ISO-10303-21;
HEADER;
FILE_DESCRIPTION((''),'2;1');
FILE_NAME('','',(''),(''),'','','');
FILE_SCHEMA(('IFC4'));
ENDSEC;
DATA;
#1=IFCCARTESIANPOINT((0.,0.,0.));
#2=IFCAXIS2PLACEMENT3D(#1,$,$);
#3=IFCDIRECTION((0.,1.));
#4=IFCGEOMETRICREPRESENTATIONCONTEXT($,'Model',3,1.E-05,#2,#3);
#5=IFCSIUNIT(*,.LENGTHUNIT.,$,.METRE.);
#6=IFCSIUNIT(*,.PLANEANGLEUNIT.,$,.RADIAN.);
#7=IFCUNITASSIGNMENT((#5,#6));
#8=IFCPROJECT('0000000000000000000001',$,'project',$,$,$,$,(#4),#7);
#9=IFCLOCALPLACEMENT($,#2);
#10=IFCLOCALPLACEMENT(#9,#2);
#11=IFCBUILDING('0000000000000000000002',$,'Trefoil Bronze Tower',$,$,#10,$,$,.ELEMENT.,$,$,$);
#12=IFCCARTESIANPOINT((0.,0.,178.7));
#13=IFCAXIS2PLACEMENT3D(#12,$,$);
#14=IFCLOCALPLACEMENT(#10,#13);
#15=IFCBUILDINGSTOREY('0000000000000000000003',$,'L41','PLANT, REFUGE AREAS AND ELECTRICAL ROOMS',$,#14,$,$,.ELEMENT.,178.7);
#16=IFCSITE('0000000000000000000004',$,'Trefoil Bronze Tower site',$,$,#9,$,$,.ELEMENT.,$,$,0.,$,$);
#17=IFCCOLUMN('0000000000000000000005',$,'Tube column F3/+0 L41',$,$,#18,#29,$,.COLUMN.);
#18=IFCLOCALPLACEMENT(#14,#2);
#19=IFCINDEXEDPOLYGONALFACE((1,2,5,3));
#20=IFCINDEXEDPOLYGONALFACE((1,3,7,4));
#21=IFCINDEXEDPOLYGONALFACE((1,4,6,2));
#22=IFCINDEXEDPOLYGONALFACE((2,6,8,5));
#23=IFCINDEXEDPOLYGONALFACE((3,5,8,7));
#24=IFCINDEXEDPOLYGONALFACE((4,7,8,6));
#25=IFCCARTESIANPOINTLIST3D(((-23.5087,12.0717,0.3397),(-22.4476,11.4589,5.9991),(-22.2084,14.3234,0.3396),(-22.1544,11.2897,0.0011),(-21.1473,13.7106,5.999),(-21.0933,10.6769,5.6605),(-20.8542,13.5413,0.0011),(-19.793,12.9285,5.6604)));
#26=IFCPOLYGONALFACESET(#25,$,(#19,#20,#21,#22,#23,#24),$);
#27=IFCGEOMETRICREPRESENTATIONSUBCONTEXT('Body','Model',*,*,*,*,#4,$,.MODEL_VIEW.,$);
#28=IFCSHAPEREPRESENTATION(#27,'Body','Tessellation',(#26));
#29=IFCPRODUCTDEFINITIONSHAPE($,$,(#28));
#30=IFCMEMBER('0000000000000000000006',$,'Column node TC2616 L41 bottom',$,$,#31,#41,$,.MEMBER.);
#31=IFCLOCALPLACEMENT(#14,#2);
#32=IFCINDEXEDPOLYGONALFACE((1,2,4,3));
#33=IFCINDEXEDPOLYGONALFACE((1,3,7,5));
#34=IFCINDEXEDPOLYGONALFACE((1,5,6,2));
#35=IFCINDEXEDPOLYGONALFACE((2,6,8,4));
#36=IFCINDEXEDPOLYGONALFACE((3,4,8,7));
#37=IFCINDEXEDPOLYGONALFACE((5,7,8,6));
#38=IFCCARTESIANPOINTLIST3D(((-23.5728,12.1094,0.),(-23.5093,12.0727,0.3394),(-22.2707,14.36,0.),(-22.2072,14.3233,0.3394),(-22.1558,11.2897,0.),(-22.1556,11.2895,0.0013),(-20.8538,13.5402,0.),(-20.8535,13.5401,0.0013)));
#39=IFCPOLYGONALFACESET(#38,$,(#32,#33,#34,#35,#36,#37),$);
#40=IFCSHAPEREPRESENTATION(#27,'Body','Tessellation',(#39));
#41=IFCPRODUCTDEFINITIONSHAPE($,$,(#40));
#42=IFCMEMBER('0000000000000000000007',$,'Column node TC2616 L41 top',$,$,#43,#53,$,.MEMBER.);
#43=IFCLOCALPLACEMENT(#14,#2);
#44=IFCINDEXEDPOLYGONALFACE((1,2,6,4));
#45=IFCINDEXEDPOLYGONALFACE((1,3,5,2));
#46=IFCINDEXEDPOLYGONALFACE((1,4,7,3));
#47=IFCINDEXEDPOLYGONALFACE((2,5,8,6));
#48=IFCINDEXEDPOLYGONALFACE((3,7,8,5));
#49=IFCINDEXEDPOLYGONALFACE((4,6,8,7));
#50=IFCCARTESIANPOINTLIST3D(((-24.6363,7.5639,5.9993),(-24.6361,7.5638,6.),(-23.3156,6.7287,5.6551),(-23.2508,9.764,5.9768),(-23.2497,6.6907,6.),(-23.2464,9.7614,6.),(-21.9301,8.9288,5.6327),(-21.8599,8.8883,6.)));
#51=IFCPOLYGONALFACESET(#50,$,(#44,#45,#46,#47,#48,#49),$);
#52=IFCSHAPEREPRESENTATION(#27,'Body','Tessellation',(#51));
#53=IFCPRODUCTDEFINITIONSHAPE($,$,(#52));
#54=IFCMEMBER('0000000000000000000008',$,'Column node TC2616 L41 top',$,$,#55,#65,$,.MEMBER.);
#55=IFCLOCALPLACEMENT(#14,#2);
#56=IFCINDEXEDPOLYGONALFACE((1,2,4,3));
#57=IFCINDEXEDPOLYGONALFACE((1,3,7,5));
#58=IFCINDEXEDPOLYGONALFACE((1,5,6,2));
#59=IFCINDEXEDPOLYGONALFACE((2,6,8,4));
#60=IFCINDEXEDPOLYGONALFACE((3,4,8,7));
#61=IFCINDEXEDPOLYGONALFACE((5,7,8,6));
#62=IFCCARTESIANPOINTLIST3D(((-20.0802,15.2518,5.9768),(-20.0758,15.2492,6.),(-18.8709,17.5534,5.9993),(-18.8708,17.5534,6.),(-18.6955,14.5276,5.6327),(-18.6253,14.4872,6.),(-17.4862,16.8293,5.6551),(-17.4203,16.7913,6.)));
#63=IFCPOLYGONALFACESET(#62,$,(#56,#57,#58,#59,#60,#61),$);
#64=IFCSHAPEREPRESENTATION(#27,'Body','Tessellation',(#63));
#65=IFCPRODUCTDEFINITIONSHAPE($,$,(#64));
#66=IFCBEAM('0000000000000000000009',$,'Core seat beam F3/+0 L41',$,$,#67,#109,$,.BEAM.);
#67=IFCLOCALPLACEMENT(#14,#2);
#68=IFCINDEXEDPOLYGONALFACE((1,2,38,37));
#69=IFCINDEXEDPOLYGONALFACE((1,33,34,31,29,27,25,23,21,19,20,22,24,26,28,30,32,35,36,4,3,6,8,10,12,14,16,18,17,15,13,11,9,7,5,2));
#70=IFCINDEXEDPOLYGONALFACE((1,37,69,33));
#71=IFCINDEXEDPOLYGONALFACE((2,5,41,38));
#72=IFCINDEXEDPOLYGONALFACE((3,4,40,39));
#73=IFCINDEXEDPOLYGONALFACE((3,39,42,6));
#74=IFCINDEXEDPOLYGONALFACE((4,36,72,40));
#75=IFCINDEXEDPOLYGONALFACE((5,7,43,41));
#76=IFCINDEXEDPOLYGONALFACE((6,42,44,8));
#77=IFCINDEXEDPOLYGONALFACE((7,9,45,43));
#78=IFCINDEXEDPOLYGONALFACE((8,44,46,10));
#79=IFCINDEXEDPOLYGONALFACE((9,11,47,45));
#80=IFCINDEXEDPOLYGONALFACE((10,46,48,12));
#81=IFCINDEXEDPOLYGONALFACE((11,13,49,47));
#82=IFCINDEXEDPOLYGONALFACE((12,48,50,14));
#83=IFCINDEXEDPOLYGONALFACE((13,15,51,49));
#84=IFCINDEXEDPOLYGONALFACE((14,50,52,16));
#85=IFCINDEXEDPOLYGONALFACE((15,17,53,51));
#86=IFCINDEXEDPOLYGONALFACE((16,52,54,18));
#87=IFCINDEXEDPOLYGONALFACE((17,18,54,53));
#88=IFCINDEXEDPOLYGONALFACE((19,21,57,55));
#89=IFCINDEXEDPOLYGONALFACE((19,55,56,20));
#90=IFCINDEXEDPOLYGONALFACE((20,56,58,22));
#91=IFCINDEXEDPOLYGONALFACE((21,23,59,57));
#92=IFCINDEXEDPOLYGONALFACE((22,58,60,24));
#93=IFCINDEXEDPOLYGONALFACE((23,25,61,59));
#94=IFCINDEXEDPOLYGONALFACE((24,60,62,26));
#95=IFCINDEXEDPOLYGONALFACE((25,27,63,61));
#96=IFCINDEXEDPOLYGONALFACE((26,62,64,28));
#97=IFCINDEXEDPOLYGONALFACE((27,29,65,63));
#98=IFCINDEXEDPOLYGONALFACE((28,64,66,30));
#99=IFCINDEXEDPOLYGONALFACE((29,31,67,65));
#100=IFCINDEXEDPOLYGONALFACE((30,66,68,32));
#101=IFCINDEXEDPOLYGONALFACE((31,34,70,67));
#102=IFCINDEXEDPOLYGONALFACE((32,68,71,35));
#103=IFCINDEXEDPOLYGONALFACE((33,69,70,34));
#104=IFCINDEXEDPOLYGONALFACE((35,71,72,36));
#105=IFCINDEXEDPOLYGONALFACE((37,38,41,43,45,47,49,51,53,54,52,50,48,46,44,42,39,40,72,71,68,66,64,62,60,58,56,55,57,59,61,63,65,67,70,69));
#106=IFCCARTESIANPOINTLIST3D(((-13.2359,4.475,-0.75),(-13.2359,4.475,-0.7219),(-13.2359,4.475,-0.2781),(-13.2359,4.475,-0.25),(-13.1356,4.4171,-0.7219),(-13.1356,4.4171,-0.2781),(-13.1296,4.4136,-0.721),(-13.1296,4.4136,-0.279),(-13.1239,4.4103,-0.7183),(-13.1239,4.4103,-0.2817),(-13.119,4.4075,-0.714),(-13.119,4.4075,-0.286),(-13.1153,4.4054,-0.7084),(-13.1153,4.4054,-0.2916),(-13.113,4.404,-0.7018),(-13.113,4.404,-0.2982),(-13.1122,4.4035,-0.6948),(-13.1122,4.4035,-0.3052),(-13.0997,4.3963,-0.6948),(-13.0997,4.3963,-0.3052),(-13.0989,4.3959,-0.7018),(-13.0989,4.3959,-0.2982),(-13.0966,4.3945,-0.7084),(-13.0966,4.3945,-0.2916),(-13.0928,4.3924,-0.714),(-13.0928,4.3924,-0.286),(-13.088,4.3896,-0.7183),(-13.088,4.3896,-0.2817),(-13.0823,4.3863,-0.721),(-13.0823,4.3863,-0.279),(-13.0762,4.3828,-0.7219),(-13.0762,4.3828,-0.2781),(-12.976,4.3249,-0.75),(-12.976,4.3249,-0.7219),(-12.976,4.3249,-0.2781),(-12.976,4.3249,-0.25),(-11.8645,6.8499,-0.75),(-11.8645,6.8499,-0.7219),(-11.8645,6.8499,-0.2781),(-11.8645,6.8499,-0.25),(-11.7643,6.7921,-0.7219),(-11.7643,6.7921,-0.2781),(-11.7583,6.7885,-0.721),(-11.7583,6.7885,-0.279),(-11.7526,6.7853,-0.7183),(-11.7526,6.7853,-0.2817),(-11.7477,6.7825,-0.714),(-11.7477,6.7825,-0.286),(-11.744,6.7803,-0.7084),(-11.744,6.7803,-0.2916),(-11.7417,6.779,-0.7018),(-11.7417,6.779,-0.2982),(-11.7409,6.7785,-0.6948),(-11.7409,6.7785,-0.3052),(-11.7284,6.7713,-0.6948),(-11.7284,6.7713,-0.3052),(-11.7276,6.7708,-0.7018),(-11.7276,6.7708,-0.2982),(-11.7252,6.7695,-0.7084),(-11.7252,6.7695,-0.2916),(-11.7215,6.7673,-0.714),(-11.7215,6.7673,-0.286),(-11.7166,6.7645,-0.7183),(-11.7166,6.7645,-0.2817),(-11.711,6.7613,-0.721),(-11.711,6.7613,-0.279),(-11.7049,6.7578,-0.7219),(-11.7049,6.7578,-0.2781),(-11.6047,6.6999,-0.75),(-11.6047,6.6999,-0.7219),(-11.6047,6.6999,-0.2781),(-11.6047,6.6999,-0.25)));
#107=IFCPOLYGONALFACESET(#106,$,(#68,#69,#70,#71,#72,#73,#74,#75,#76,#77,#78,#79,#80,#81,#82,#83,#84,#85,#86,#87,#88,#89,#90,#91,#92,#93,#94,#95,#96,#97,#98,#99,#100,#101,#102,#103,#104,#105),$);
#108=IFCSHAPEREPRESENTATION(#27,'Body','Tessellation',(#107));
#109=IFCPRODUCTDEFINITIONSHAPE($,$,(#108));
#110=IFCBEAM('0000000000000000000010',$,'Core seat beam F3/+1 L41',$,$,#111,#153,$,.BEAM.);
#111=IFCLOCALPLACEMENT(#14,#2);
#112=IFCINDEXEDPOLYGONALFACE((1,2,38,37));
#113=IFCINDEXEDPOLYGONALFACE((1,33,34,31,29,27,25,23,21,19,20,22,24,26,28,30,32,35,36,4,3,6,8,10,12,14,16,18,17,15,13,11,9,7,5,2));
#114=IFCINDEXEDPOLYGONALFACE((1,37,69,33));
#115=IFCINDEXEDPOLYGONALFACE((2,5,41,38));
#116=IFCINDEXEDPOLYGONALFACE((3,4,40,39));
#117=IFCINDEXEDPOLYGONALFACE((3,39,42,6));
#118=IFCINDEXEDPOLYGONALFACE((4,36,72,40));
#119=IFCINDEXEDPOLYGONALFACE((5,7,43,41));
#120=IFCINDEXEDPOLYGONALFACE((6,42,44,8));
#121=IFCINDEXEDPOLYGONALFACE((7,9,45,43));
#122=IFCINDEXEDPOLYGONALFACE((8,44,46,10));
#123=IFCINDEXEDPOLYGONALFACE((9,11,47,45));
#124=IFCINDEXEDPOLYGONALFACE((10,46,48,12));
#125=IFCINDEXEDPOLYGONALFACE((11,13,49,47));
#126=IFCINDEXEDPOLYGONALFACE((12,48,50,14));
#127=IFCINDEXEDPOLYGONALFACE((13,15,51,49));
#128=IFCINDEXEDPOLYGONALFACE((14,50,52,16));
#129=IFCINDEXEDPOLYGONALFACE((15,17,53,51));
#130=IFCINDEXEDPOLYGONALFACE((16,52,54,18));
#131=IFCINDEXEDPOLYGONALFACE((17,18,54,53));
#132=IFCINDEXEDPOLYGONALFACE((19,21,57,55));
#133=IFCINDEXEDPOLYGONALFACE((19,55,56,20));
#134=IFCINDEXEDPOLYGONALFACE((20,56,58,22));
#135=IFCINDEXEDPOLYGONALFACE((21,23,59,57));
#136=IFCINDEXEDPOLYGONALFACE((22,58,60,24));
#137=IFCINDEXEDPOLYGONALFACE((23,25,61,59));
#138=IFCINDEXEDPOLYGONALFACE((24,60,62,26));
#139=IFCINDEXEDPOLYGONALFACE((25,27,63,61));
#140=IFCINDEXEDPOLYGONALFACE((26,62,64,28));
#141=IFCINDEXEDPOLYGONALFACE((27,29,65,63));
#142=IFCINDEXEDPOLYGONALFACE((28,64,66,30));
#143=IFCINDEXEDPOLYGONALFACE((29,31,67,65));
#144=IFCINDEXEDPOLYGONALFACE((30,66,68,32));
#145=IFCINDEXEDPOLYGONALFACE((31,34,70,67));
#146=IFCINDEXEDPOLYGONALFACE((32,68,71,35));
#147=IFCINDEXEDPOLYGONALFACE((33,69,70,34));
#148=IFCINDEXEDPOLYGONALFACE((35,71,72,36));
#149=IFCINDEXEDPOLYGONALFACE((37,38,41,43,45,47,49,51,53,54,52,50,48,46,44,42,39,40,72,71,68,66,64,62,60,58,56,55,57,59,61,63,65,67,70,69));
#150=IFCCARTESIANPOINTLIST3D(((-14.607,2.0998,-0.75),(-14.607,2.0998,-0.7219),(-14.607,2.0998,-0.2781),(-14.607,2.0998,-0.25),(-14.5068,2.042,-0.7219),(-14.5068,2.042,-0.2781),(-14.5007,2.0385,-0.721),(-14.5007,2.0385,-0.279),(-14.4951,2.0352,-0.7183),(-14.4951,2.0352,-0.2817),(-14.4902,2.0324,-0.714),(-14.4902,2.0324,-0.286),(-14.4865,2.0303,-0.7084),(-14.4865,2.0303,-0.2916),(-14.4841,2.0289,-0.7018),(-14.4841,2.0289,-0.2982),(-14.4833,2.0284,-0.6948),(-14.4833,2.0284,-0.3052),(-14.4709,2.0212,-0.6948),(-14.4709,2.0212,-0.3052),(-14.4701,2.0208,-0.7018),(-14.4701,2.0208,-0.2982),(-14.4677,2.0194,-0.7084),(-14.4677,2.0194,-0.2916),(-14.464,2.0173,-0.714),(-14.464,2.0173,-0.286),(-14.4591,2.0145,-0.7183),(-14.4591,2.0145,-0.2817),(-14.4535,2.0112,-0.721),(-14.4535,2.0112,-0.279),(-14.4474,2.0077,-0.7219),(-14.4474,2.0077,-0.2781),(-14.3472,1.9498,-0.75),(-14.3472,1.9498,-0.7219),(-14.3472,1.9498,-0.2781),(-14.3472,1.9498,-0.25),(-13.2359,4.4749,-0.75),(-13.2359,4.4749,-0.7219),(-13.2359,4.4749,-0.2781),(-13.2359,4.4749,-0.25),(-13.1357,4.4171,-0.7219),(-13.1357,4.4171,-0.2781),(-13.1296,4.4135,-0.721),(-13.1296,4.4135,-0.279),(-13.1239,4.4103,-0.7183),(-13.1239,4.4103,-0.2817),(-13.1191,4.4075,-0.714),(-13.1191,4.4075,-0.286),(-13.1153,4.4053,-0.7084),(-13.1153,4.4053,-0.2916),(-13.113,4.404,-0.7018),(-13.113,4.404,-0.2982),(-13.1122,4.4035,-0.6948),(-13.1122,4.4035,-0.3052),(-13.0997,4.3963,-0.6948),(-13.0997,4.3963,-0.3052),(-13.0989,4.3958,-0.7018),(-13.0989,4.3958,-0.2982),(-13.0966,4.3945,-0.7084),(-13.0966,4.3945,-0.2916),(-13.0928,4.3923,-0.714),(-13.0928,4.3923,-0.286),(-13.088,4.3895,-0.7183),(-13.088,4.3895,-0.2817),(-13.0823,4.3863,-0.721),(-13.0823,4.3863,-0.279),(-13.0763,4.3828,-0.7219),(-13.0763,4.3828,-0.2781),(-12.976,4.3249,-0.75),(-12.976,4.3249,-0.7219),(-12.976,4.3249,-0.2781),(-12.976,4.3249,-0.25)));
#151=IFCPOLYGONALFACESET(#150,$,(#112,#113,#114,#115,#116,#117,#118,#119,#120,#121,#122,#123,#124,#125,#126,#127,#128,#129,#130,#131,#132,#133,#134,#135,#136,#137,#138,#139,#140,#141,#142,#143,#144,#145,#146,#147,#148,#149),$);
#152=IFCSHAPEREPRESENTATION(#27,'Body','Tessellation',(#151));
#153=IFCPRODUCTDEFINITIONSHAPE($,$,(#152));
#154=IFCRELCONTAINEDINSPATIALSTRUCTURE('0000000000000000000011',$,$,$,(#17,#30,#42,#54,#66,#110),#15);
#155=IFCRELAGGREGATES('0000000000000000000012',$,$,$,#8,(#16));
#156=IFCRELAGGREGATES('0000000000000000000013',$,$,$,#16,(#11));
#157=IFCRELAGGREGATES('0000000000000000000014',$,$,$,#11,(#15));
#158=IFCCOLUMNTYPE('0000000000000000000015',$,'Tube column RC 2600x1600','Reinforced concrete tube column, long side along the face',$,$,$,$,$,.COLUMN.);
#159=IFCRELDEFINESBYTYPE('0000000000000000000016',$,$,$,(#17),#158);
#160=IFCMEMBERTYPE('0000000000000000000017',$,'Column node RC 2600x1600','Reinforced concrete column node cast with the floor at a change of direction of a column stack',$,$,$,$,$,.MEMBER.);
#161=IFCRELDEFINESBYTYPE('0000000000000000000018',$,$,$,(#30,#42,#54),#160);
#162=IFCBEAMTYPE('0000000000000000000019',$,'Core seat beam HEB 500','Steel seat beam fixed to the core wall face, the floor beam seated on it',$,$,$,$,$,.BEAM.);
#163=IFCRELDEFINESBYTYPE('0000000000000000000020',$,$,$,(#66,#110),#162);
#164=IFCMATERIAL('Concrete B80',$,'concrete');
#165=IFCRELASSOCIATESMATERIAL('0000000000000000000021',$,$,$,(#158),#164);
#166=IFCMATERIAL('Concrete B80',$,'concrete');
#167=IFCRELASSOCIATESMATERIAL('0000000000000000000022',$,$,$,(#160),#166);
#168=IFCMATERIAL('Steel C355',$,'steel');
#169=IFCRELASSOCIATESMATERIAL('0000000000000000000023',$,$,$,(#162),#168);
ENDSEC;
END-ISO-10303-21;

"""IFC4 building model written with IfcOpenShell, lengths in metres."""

from ifc_helpers import new_model, si_unit, direction, frame, origin, origin_2d, place, context, subcontext, project, spatial, rectangle, i_section, extrude, clip, halfspace, material, material_profile, profile_set, type_object, element, save


model = new_model("IFC4")

# Units and contexts
model_context = context("Model", 3, precision=1e-05, world=origin(), true_north=direction((0.0, 1.0)))
body_context = subcontext(model_context, "Body", "Model", "MODEL_VIEW")
ifc_project = project(units=[si_unit("LENGTHUNIT", "METRE"), si_unit("PLANEANGLEUNIT", "RADIAN")], contexts=[model_context])

# Site, building, storey
site_placement = place(None, origin())
site = spatial("IfcSite", under=ifc_project, at=site_placement, Name="Trefoil Bronze Tower site", CompositionType="ELEMENT", RefElevation=0.0)
building_placement = place(site_placement, origin())
building = spatial("IfcBuilding", under=site, at=building_placement, Name="Trefoil Bronze Tower", CompositionType="ELEMENT")
storey_placement = place(building_placement, frame((0.0, 0.0, 178.7)))
storey = spatial("IfcBuildingStorey", under=building, at=storey_placement, Name="L41", Description="PLANT, REFUGE AREAS AND ELECTRICAL ROOMS", CompositionType="ELEMENT", Elevation=178.7)

# Column
ifc_material_1 = material(Name="Concrete B80", Category="concrete")
ifc_material_profile_1 = material_profile(ifc_material_1, rectangle(XDim=2.6001, YDim=1.6001, at=origin_2d()), Name="RC 2600x1600")
ifc_profile_set_1 = profile_set([ifc_material_profile_1], Name="Concrete B80")
column_type = type_object("IfcColumnType", Name="Tube column RC 2600x1600", Description="Reinforced concrete tube column, long side along the face", PredefinedType="COLUMN", material=ifc_profile_set_1)
column_placement = place(storey_placement, frame((-22.2134, 12.825, 0.0), z_axis=(0.183254, -0.105824, 0.977353), x_axis=(-0.50008, -0.865979, 0.0)))
element("IfcColumn", 1, at=column_placement, inside=storey, type_object=column_type, Name="Tube column F3/+0 L41", PredefinedType="COLUMN", context=body_context, shape_type="Clipping", body=[
    clip(clip(extrude(rectangle(XDim=2.6001, YDim=1.6001, at=origin_2d()), origin(), (0.0, 0.0, 1.0), 6.1389), halfspace(frame((0.0, 0.0002, 0.1743), z_axis=(-0.00002, -0.000011, 1.0), x_axis=(0.0, 1.0, 0.000011)), True)), halfspace(frame((0.0, 0.0, 5.9648), z_axis=(0.00002, 0.000011, -1.0), x_axis=(0.0, -1.0, -0.000011)), True)),
])

# Members
ifc_material_2 = material(Name="Concrete B80", Category="concrete")
ifc_material_profile_2 = material_profile(ifc_material_2, rectangle(XDim=2.6001, YDim=1.6001, at=origin_2d()), Name="RC 2600x1600")
ifc_profile_set_2 = profile_set([ifc_material_profile_2], Name="Concrete B80")
member_type = type_object("IfcMemberType", Name="Column node RC 2600x1600", Description="Reinforced concrete column node cast with the floor at a change of direction of a column stack", PredefinedType="MEMBER", material=ifc_profile_set_2)
member_1_placement = place(storey_placement, frame((-22.2451, 12.8433, -0.1702), z_axis=(0.182873, -0.1058, 0.977427), x_axis=(-0.500775, -0.865578, 0.0)))
element("IfcMember", 2, at=member_1_placement, inside=storey, type_object=member_type, Name="Column node TC2616 L41 bottom", PredefinedType="MEMBER", context=body_context, shape_type="Clipping", body=[
    clip(extrude(rectangle(XDim=2.6001, YDim=1.6001, at=origin_2d()), origin(), (0.0, 0.0, 1.0), 0.3484), halfspace(frame((0.0, 0.0, 0.1741), z_axis=(0.0, -0.211273, 0.977427), x_axis=(0.0, 0.977427, 0.211273)), True)),
])
member_2_placement = place(storey_placement, frame((-23.2129, 8.2058, 6.1841), z_axis=(-0.186504, 0.107499, -0.976555), x_axis=(0.532855, 0.846163, -0.00862)))
element("IfcMember", 3, at=member_2_placement, inside=storey, type_object=member_type, Name="Column node TC2616 L41 top", PredefinedType="MEMBER", context=body_context, shape_type="Clipping", body=[
    clip(extrude(rectangle(XDim=2.6001, YDim=1.6001, at=origin_2d()), origin(), (0.0, 0.0, 1.0), 0.377), halfspace(frame((0.0, 0.0, 0.1885), z_axis=(0.00862, 0.215094, 0.976555), x_axis=(0.0, 0.976592, -0.215102)), True)),
])
member_3_placement = place(storey_placement, frame((-18.7129, 16.0, 6.1841), z_axis=(-0.186504, 0.107499, -0.976555), x_axis=(0.465095, 0.885219, 0.00862)))
element("IfcMember", 4, at=member_3_placement, inside=storey, type_object=member_type, Name="Column node TC2616 L41 top", PredefinedType="MEMBER", context=body_context, shape_type="Clipping", body=[
    clip(extrude(rectangle(XDim=2.6001, YDim=1.6001, at=origin_2d()), origin(), (0.0, 0.0, 1.0), 0.377), halfspace(frame((0.0, 0.0, 0.1885), z_axis=(-0.00862, 0.215094, 0.976555), x_axis=(0.0, 0.976592, -0.215102)), True)),
])

# Beams
ifc_material_3 = material(Name="Steel C355", Category="steel")
ifc_material_profile_3 = material_profile(ifc_material_3, i_section(OverallWidth=0.3, OverallDepth=0.5, WebThickness=0.0144, FlangeThickness=0.0281, FilletRadius=0.0271, at=origin_2d()), Name="HEB 500")
ifc_profile_set_3 = profile_set([ifc_material_profile_3], Name="Steel C355")
beam_type_1 = type_object("IfcBeamType", Name="Core seat beam HEB 500", Description="Steel seat beam fixed to the core wall face, the floor beam seated on it", PredefinedType="BEAM", material=ifc_profile_set_3)
for number, where, z_axis, x_axis, name in (
    (5, (-11.7346, 6.7749, -0.5), (-0.500036, -0.866005, 0.0), (0.866005, -0.500036, 0.0), "Core seat beam F3/+0 L41"),
    (6, (-13.106, 4.3999, -0.5), (-0.499969, -0.866043, 0.0), (0.866043, -0.499969, 0.0), "Core seat beam F3/+1 L41"),
):
    element("IfcBeam", number, at=place(storey_placement, frame(where, z_axis=z_axis, x_axis=x_axis)), inside=storey, type_object=beam_type_1, Name=name, PredefinedType="BEAM", context=body_context, shape_type="SweptSolid", body=[
        extrude(i_section(OverallWidth=0.3, OverallDepth=0.5, WebThickness=0.0144, FlangeThickness=0.0281, FilletRadius=0.0271, at=origin_2d()), origin(), (0.0, 0.0, 1.0), 2.7424),
    ])

save(model, "model.ifc")
